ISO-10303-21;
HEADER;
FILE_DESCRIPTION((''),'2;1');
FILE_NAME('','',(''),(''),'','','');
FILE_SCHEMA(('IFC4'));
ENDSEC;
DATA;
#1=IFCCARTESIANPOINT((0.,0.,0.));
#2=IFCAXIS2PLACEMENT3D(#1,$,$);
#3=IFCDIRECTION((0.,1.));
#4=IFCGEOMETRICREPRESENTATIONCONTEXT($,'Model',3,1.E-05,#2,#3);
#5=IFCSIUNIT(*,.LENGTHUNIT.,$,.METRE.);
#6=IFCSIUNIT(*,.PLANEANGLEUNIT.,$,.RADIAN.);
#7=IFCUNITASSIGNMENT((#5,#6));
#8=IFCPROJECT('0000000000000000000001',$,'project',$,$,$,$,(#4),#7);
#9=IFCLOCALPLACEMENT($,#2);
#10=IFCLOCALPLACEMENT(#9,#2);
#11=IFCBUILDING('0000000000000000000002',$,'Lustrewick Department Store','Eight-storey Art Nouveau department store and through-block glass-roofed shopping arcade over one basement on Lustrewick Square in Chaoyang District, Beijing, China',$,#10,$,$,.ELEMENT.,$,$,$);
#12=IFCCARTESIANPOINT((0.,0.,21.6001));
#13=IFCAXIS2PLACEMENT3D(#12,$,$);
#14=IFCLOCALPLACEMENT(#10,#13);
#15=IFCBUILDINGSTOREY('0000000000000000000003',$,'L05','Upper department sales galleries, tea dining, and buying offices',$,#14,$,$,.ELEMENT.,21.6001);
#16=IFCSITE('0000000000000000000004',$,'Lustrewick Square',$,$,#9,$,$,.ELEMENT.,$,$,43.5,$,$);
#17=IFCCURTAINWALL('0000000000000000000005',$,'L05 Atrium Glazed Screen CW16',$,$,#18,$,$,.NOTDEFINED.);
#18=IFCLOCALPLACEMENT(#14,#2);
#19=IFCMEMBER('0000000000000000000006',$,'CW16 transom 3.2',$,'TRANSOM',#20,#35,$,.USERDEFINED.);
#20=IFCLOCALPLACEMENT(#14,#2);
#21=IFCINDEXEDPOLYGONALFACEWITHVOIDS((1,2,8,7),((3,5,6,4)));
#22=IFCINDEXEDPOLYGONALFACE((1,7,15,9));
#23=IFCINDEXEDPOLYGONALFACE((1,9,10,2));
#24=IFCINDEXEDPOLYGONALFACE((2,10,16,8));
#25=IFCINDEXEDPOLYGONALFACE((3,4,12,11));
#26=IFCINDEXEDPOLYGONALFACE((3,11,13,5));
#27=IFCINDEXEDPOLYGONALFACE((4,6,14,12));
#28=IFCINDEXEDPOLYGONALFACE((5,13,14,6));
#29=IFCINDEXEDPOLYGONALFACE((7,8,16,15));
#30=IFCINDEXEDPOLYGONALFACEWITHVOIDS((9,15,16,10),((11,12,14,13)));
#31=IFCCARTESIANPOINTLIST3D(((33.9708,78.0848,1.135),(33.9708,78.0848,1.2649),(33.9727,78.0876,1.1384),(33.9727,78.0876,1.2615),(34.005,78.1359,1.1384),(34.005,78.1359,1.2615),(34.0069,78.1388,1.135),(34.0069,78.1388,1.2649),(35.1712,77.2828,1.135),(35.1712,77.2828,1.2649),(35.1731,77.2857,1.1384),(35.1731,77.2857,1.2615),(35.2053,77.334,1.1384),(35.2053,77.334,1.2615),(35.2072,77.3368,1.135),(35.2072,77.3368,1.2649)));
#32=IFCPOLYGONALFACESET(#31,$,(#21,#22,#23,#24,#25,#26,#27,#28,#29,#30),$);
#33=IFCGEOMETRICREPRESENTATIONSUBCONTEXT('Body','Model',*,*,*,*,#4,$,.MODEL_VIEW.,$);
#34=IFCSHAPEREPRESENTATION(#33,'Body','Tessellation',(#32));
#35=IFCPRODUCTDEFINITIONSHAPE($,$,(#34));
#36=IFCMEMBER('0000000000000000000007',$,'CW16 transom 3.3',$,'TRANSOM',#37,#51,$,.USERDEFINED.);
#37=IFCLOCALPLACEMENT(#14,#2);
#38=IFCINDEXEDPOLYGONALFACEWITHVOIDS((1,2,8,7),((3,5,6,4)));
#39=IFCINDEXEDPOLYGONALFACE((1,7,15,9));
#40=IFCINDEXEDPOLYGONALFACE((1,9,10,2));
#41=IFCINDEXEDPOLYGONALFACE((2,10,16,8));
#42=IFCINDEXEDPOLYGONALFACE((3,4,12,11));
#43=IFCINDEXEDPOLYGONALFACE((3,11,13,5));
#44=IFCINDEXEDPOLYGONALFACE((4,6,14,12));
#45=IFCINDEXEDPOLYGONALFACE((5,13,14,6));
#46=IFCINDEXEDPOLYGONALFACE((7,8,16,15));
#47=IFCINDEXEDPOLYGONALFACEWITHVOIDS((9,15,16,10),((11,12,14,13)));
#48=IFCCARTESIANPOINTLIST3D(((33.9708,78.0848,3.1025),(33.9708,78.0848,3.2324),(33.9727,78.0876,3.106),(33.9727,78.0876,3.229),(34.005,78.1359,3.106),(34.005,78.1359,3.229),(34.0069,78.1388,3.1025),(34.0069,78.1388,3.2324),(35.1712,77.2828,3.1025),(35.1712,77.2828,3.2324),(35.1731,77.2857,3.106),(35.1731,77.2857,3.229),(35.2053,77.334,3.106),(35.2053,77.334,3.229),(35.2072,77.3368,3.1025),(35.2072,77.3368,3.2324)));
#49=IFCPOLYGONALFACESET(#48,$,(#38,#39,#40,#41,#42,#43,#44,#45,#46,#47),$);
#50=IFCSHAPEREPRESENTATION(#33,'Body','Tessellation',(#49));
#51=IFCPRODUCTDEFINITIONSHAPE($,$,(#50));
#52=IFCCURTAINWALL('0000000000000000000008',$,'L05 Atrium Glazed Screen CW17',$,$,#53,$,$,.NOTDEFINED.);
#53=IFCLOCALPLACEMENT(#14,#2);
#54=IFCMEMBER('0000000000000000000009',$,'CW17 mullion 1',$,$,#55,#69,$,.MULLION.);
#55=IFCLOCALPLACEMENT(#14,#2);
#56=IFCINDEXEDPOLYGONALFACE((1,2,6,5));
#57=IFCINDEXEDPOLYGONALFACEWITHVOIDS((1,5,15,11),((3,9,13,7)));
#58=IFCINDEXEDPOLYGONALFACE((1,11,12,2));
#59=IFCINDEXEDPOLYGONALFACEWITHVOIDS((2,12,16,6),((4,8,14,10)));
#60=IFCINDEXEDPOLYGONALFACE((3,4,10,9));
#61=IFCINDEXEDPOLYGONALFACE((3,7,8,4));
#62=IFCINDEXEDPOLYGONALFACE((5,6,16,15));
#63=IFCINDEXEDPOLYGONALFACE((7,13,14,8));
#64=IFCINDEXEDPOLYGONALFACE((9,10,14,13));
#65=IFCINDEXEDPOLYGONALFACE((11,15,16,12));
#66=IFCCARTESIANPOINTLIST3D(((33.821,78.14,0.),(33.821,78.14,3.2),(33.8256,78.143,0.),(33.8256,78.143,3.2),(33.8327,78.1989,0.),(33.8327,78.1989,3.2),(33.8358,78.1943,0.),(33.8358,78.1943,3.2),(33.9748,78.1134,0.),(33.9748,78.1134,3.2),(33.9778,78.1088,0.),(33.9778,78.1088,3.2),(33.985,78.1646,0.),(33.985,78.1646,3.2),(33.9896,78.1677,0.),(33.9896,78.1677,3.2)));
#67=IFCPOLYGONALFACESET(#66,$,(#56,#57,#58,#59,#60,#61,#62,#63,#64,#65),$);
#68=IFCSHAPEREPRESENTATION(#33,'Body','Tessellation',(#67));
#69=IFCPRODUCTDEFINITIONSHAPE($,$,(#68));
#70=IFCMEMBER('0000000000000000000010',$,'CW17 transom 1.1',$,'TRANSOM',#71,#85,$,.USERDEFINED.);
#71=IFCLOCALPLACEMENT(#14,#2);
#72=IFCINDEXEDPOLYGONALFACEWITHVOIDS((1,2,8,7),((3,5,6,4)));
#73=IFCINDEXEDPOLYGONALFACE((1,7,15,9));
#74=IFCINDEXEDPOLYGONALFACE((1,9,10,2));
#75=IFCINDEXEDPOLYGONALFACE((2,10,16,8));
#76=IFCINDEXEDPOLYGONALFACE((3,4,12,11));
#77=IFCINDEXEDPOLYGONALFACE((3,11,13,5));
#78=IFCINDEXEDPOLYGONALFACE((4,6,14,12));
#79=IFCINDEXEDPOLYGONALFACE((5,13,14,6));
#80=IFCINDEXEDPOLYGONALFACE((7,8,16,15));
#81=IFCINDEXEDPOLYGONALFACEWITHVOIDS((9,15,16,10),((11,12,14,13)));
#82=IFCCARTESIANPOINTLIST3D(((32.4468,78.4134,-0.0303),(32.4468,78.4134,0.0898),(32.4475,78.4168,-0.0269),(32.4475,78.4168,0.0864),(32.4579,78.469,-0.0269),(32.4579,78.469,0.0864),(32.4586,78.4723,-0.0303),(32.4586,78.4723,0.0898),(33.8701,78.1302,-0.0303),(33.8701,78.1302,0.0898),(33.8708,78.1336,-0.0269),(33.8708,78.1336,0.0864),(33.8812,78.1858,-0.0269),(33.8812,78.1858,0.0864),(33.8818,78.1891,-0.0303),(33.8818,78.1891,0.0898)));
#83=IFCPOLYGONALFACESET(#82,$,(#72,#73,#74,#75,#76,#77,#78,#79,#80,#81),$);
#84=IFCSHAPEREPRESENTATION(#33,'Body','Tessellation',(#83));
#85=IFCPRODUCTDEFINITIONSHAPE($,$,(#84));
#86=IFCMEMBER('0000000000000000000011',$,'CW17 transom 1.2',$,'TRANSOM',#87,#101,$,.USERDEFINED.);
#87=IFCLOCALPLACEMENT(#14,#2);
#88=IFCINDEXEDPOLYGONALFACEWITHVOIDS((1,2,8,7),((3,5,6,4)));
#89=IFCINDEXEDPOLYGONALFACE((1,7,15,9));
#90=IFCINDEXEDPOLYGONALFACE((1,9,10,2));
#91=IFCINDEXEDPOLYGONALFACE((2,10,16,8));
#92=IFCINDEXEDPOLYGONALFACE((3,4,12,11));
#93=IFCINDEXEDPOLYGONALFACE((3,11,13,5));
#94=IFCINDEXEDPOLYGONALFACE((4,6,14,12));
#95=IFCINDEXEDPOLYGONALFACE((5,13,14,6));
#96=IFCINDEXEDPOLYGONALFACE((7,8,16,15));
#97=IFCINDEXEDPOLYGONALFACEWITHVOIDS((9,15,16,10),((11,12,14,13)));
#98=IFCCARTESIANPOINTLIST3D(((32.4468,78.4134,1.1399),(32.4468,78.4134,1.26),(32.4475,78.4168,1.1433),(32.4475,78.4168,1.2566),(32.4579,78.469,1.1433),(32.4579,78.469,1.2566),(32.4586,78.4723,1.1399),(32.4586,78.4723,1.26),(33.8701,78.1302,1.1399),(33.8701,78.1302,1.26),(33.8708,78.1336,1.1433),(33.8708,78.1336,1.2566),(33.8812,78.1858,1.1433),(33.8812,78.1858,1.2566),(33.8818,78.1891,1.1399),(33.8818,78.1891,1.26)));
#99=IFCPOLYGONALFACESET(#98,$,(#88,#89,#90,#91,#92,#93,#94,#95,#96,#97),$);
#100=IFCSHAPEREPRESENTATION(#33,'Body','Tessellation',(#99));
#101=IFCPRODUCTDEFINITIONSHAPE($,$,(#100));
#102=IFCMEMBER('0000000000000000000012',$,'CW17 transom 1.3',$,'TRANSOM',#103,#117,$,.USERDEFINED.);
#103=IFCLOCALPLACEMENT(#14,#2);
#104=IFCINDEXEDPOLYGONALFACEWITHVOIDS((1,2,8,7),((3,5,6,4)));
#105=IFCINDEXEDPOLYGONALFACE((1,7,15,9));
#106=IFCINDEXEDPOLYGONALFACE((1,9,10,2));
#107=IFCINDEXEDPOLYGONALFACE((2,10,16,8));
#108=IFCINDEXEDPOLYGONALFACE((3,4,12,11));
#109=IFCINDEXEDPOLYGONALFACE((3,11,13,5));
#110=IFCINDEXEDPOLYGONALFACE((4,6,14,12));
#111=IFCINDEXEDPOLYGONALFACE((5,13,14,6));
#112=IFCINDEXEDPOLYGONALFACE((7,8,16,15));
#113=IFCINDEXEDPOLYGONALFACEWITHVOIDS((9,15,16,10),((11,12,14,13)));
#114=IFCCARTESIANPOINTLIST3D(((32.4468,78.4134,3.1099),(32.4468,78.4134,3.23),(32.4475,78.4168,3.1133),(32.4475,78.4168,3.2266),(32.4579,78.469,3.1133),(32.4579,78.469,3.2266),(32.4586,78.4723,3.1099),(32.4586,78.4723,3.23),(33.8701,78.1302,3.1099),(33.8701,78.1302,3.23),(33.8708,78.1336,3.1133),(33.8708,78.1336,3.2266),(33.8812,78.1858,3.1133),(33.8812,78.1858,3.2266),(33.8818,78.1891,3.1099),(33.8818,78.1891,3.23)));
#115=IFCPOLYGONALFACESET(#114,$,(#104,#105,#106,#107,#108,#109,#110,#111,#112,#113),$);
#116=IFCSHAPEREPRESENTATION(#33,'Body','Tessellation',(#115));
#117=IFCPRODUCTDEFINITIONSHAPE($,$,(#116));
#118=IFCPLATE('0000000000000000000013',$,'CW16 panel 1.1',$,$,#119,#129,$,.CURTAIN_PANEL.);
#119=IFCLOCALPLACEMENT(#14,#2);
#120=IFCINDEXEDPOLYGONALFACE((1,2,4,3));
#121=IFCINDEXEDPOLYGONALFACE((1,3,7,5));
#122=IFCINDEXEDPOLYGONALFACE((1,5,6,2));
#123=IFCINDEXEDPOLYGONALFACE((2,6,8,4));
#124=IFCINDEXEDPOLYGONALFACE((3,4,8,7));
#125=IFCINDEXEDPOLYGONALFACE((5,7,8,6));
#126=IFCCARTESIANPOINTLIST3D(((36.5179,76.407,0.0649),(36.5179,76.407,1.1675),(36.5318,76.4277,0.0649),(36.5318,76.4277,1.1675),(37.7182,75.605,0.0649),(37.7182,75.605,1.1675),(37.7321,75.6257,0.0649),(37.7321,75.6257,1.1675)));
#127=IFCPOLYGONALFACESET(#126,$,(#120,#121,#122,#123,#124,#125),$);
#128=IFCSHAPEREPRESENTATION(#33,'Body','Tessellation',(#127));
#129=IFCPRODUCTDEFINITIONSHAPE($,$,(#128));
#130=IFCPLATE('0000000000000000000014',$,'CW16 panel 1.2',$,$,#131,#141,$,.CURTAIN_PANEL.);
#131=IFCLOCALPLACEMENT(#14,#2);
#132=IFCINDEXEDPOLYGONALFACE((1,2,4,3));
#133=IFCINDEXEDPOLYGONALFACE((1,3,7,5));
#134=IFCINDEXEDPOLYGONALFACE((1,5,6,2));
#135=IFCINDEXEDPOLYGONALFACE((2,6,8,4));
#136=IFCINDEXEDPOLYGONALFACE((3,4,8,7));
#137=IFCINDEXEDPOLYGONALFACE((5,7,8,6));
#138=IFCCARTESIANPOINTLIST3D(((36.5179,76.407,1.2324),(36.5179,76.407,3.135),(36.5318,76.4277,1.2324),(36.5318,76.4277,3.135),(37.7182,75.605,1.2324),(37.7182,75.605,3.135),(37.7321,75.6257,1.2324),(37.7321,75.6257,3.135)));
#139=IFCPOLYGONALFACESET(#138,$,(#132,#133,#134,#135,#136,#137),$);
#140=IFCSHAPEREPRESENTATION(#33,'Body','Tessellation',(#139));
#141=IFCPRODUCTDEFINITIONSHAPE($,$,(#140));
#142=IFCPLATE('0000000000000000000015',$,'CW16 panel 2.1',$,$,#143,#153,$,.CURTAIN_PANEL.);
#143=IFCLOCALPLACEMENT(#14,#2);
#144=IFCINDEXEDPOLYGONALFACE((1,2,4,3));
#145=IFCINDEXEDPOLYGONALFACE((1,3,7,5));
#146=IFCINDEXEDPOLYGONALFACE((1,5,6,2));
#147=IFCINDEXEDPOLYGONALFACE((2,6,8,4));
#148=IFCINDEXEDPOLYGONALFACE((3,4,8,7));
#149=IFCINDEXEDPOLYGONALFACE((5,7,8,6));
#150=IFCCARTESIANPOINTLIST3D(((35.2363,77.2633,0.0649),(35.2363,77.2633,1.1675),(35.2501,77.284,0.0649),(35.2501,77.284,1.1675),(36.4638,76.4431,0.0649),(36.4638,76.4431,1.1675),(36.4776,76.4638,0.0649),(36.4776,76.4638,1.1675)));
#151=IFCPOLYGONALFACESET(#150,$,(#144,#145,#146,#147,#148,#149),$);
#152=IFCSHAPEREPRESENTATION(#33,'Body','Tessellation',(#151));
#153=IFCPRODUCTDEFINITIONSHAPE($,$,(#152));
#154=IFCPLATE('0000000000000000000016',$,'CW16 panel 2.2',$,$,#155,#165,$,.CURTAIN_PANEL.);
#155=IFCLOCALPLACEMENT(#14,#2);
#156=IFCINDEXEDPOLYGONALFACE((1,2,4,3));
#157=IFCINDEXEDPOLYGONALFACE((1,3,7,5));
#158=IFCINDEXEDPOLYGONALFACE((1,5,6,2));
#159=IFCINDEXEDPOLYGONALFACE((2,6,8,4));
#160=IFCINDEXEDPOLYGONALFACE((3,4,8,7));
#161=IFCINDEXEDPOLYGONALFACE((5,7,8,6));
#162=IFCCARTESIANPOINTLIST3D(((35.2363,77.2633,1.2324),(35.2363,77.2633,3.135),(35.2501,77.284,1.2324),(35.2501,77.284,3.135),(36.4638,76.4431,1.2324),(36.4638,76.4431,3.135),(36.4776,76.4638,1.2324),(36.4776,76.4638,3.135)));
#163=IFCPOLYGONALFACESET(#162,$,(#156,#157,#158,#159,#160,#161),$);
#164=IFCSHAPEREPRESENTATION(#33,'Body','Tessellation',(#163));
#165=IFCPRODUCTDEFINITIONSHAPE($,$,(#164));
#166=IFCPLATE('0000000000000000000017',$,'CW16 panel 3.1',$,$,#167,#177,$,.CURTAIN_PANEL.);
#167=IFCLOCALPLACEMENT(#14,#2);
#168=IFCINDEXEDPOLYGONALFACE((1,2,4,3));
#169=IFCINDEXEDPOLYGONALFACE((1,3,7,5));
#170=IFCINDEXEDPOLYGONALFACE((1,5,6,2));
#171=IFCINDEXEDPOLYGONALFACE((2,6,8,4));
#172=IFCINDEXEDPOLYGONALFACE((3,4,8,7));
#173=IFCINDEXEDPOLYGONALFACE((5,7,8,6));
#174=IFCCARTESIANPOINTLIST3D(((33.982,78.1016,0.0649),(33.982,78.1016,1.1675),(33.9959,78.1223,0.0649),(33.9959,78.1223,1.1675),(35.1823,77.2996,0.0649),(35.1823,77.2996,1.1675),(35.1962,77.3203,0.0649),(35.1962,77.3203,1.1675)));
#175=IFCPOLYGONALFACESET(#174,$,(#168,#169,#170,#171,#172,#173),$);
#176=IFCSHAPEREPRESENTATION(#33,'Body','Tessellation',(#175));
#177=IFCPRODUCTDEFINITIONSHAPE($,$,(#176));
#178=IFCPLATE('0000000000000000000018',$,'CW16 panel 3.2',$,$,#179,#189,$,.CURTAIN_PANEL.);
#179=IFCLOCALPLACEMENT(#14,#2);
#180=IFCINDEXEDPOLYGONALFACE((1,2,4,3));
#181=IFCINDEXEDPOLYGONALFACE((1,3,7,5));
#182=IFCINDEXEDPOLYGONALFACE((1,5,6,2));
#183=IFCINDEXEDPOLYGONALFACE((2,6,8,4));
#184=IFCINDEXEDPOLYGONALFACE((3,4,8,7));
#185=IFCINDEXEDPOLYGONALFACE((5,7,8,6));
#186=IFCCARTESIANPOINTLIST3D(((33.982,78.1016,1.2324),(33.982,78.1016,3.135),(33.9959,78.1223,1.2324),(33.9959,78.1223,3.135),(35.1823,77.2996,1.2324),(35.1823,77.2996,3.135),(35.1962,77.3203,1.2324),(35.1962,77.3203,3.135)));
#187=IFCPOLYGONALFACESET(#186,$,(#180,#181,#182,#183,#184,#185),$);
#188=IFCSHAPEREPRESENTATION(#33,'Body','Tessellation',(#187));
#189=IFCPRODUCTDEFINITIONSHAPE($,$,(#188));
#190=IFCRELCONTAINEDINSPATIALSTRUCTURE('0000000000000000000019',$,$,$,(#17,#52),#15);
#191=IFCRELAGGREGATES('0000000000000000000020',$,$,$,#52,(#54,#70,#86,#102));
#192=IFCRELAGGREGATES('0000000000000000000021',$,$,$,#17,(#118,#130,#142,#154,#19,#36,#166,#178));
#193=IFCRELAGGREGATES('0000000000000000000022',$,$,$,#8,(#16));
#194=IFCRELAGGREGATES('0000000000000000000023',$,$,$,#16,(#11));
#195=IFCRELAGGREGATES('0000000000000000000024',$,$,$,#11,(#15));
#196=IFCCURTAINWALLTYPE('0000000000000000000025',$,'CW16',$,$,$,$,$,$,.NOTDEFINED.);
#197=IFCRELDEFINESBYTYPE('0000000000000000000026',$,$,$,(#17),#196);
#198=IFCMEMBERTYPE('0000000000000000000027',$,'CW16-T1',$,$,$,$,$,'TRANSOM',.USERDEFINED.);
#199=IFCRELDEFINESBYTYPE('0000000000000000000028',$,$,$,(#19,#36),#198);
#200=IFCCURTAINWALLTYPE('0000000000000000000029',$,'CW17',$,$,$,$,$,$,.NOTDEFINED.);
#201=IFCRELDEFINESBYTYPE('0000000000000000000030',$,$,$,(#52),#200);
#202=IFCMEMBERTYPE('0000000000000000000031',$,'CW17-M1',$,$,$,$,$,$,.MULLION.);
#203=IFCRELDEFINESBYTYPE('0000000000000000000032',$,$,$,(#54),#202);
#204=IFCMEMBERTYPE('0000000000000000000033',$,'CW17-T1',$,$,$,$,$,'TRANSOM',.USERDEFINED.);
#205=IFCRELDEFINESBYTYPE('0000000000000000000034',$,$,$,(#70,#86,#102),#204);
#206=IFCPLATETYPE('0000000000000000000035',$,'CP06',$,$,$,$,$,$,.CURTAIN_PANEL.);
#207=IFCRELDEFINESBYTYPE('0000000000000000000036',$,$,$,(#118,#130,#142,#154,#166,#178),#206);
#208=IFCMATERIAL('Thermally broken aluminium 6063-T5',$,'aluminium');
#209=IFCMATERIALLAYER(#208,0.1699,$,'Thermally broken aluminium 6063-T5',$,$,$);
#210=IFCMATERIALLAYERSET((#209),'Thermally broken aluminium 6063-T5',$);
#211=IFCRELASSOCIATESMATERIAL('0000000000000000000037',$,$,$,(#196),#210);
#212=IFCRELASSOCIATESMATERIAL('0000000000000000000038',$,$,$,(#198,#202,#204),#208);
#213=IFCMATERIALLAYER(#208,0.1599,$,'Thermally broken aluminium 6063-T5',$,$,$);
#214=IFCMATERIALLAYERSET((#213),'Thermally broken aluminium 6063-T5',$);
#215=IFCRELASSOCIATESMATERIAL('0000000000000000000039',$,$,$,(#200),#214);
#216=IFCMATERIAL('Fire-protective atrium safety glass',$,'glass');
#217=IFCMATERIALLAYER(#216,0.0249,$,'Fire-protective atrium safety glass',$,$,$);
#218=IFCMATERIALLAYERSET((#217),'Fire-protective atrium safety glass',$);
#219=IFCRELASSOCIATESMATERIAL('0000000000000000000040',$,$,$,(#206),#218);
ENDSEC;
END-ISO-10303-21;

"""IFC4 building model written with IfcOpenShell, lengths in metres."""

from ifc_helpers import new_model, si_unit, direction, frame, origin, origin_2d, place, context, subcontext, project, spatial, rectangle, hollow_rectangle, extrude, material, layer, layer_set, material_profile, profile_set, type_object, element, aggregate, save


model = new_model("IFC4")

# Units and contexts
model_context = context("Model", 3, precision=1e-05, world=origin(), true_north=direction((0.0, 1.0)))
body_context = subcontext(model_context, "Body", "Model", "MODEL_VIEW")
ifc_project = project(units=[si_unit("LENGTHUNIT", "METRE"), si_unit("PLANEANGLEUNIT", "RADIAN")], contexts=[model_context])

# Site, building, storey
site_placement = place(None, origin())
site = spatial("IfcSite", under=ifc_project, at=site_placement, Name="Lustrewick Square", CompositionType="ELEMENT", RefElevation=43.5)
building_placement = place(site_placement, origin())
building = spatial("IfcBuilding", under=site, at=building_placement, Name="Lustrewick Department Store", Description="Eight-storey Art Nouveau department store and through-block glass-roofed shopping arcade over one basement on Lustrewick Square in Chaoyang District, Beijing, China", CompositionType="ELEMENT")
storey_placement = place(building_placement, frame((0.0, 0.0, 21.6001)))
storey = spatial("IfcBuildingStorey", under=building, at=storey_placement, Name="L05", Description="Upper department sales galleries, tea dining, and buying offices", CompositionType="ELEMENT", Elevation=21.6001)

# Curtain walls, members
ifc_material_1 = material(Name="Thermally broken aluminium 6063-T5", Category="aluminium")
ifc_layer_1 = layer(ifc_material_1, 0.1699, Name="Thermally broken aluminium 6063-T5")
ifc_layer_set_1 = layer_set([ifc_layer_1], Name="Thermally broken aluminium 6063-T5")
curtain_wall_type_1 = type_object("IfcCurtainWallType", Name="CW16", PredefinedType="NOTDEFINED", material=ifc_layer_set_1)
curtain_wall_1_placement = place(storey_placement, origin())
curtain_wall_1 = element("IfcCurtainWall", 1, at=curtain_wall_1_placement, inside=storey, type_object=curtain_wall_type_1, Name="L05 Atrium Glazed Screen CW16", PredefinedType="NOTDEFINED")
ifc_material_profile_1 = material_profile(ifc_material_1, hollow_rectangle(XDim=0.0649, YDim=0.1299, WallThickness=0.0034, at=origin_2d()), Name="ALU-T 65x130x3.5")
ifc_profile_set_1 = profile_set([ifc_material_profile_1], Name="Thermally broken aluminium 6063-T5")
member_type_1 = type_object("IfcMemberType", Name="CW16-T1", ElementType="TRANSOM", PredefinedType="USERDEFINED", material=ifc_profile_set_1)
member_1_placement = place(storey_placement, frame((35.1892, 77.3098, 1.2), z_axis=(-0.831504, 0.555519, 0.0), x_axis=(-0.555519, -0.831504, 0.0)))
member_1 = element("IfcMember", 2, at=member_1_placement, type_object=member_type_1, Name="CW16 transom 3.2", ObjectType="TRANSOM", PredefinedType="USERDEFINED", context=body_context, shape_type="SweptSolid", body=[
    extrude(hollow_rectangle(XDim=0.0649, YDim=0.1299, WallThickness=0.0034, at=origin_2d()), origin(), (0.0, 0.0, 1.0), 1.4436),
])
member_2_placement = place(storey_placement, frame((35.1892, 77.3098, 3.1675), z_axis=(-0.831504, 0.555519, 0.0), x_axis=(-0.555519, -0.831504, 0.0)))
member_2 = element("IfcMember", 3, at=member_2_placement, type_object=member_type_1, Name="CW16 transom 3.3", ObjectType="TRANSOM", PredefinedType="USERDEFINED", context=body_context, shape_type="SweptSolid", body=[
    extrude(hollow_rectangle(XDim=0.0649, YDim=0.1299, WallThickness=0.0034, at=origin_2d()), origin(), (0.0, 0.0, 1.0), 1.4436),
])
ifc_layer_2 = layer(ifc_material_1, 0.1599, Name="Thermally broken aluminium 6063-T5")
ifc_layer_set_2 = layer_set([ifc_layer_2], Name="Thermally broken aluminium 6063-T5")
curtain_wall_type_2 = type_object("IfcCurtainWallType", Name="CW17", PredefinedType="NOTDEFINED", material=ifc_layer_set_2)
curtain_wall_2_placement = place(storey_placement, origin())
curtain_wall_2 = element("IfcCurtainWall", 4, at=curtain_wall_2_placement, inside=storey, type_object=curtain_wall_type_2, Name="L05 Atrium Glazed Screen CW17", PredefinedType="NOTDEFINED")
ifc_material_profile_2 = material_profile(ifc_material_1, hollow_rectangle(XDim=0.0601, YDim=0.1599, WallThickness=0.0039, at=origin_2d()), Name="ALU-M 60x160x4")
ifc_profile_set_2 = profile_set([ifc_material_profile_2], Name="Thermally broken aluminium 6063-T5")
member_type_2 = type_object("IfcMemberType", Name="CW17-M1", PredefinedType="MULLION", material=ifc_profile_set_2)
member_3_placement = place(storey_placement, frame((33.9053, 78.1538, 0.0), z_axis=(0.0, 0.0, 1.0), x_axis=(-0.195085, -0.980786, 0.0)))
member_3 = element("IfcMember", 5, at=member_3_placement, type_object=member_type_2, Name="CW17 mullion 1", PredefinedType="MULLION", context=body_context, shape_type="SweptSolid", body=[
    extrude(hollow_rectangle(XDim=0.0601, YDim=0.1599, WallThickness=0.0039, at=origin_2d()), origin(), (0.0, 0.0, 1.0), 3.2),
])
ifc_material_profile_3 = material_profile(ifc_material_1, hollow_rectangle(XDim=0.0601, YDim=0.1201, WallThickness=0.0034, at=origin_2d()), Name="ALU-T 60x120x3.5")
ifc_profile_set_3 = profile_set([ifc_material_profile_3], Name="Thermally broken aluminium 6063-T5")
member_type_3 = type_object("IfcMemberType", Name="CW17-T1", ElementType="TRANSOM", PredefinedType="USERDEFINED", material=ifc_profile_set_3)
member_4_placement = place(storey_placement, frame((33.876, 78.1597, 0.0298), z_axis=(-0.980774, 0.195145, 0.0), x_axis=(-0.195145, -0.980774, 0.0)))
member_4 = element("IfcMember", 6, at=member_4_placement, type_object=member_type_3, Name="CW17 transom 1.1", ObjectType="TRANSOM", PredefinedType="USERDEFINED", context=body_context, shape_type="SweptSolid", body=[
    extrude(hollow_rectangle(XDim=0.0601, YDim=0.1201, WallThickness=0.0034, at=origin_2d()), origin(), (0.0, 0.0, 1.0), 1.4512),
])
member_5_placement = place(storey_placement, frame((33.876, 78.1597, 1.2), z_axis=(-0.980774, 0.195145, 0.0), x_axis=(-0.195145, -0.980774, 0.0)))
member_5 = element("IfcMember", 7, at=member_5_placement, type_object=member_type_3, Name="CW17 transom 1.2", ObjectType="TRANSOM", PredefinedType="USERDEFINED", context=body_context, shape_type="SweptSolid", body=[
    extrude(hollow_rectangle(XDim=0.0601, YDim=0.1201, WallThickness=0.0034, at=origin_2d()), origin(), (0.0, 0.0, 1.0), 1.4512),
])
member_6_placement = place(storey_placement, frame((33.876, 78.1597, 3.1699), z_axis=(-0.980774, 0.195145, 0.0), x_axis=(-0.195145, -0.980774, 0.0)))
member_6 = element("IfcMember", 8, at=member_6_placement, type_object=member_type_3, Name="CW17 transom 1.3", ObjectType="TRANSOM", PredefinedType="USERDEFINED", context=body_context, shape_type="SweptSolid", body=[
    extrude(hollow_rectangle(XDim=0.0601, YDim=0.1201, WallThickness=0.0034, at=origin_2d()), origin(), (0.0, 0.0, 1.0), 1.4512),
])
aggregate(curtain_wall_2, [member_3, member_4, member_5, member_6])

# Plates
ifc_material_2 = material(Name="Fire-protective atrium safety glass", Category="glass")
ifc_layer_3 = layer(ifc_material_2, 0.0249, Name="Fire-protective atrium safety glass")
ifc_layer_set_3 = layer_set([ifc_layer_3], Name="Fire-protective atrium safety glass")
plate_type = type_object("IfcPlateType", Name="CP06", PredefinedType="CURTAIN_PANEL", material=ifc_layer_set_3)
plate_1_placement = place(storey_placement, frame((37.125, 76.0164, 0.0649), z_axis=(0.0, 0.0, 1.0), x_axis=(-0.831464, 0.555578, 0.0)))
plate_1 = element("IfcPlate", 9, at=plate_1_placement, type_object=plate_type, Name="CW16 panel 1.1", PredefinedType="CURTAIN_PANEL", context=body_context, shape_type="SweptSolid", body=[
    extrude(rectangle(XDim=1.4436, YDim=0.0249, at=origin_2d()), origin(), (0.0, 0.0, 1.0), 1.1025),
])
plate_2_placement = place(storey_placement, frame((37.125, 76.0164, 1.2324), z_axis=(0.0, 0.0, 1.0), x_axis=(-0.831464, 0.555578, 0.0)))
plate_2 = element("IfcPlate", 10, at=plate_2_placement, type_object=plate_type, Name="CW16 panel 1.2", PredefinedType="CURTAIN_PANEL", context=body_context, shape_type="SweptSolid", body=[
    extrude(rectangle(XDim=1.4436, YDim=0.0249, at=origin_2d()), origin(), (0.0, 0.0, 1.0), 1.9026),
])
plate_3_placement = place(storey_placement, frame((35.8569, 76.8635, 0.0649), z_axis=(0.0, 0.0, 1.0), x_axis=(-0.831464, 0.555578, 0.0)))
plate_3 = element("IfcPlate", 11, at=plate_3_placement, type_object=plate_type, Name="CW16 panel 2.1", PredefinedType="CURTAIN_PANEL", context=body_context, shape_type="SweptSolid", body=[
    extrude(rectangle(XDim=1.4763, YDim=0.0249, at=origin_2d()), origin(), (0.0, 0.0, 1.0), 1.1025),
])
plate_4_placement = place(storey_placement, frame((35.8569, 76.8635, 1.2324), z_axis=(0.0, 0.0, 1.0), x_axis=(-0.831464, 0.555578, 0.0)))
plate_4 = element("IfcPlate", 12, at=plate_4_placement, type_object=plate_type, Name="CW16 panel 2.2", PredefinedType="CURTAIN_PANEL", context=body_context, shape_type="SweptSolid", body=[
    extrude(rectangle(XDim=1.4763, YDim=0.0249, at=origin_2d()), origin(), (0.0, 0.0, 1.0), 1.9026),
])
plate_5_placement = place(storey_placement, frame((34.5891, 77.7109, 0.0649), z_axis=(0.0, 0.0, 1.0), x_axis=(-0.831464, 0.555578, 0.0)))
plate_5 = element("IfcPlate", 13, at=plate_5_placement, type_object=plate_type, Name="CW16 panel 3.1", PredefinedType="CURTAIN_PANEL", context=body_context, shape_type="SweptSolid", body=[
    extrude(rectangle(XDim=1.4436, YDim=0.0249, at=origin_2d()), origin(), (0.0, 0.0, 1.0), 1.1025),
])
plate_6_placement = place(storey_placement, frame((34.5891, 77.7109, 1.2324), z_axis=(0.0, 0.0, 1.0), x_axis=(-0.831464, 0.555578, 0.0)))
plate_6 = element("IfcPlate", 14, at=plate_6_placement, type_object=plate_type, Name="CW16 panel 3.2", PredefinedType="CURTAIN_PANEL", context=body_context, shape_type="SweptSolid", body=[
    extrude(rectangle(XDim=1.4436, YDim=0.0249, at=origin_2d()), origin(), (0.0, 0.0, 1.0), 1.9026),
])
aggregate(curtain_wall_1, [plate_1, plate_2, plate_3, plate_4, member_1, member_2, plate_5, plate_6])

save(model, "model.ifc")
